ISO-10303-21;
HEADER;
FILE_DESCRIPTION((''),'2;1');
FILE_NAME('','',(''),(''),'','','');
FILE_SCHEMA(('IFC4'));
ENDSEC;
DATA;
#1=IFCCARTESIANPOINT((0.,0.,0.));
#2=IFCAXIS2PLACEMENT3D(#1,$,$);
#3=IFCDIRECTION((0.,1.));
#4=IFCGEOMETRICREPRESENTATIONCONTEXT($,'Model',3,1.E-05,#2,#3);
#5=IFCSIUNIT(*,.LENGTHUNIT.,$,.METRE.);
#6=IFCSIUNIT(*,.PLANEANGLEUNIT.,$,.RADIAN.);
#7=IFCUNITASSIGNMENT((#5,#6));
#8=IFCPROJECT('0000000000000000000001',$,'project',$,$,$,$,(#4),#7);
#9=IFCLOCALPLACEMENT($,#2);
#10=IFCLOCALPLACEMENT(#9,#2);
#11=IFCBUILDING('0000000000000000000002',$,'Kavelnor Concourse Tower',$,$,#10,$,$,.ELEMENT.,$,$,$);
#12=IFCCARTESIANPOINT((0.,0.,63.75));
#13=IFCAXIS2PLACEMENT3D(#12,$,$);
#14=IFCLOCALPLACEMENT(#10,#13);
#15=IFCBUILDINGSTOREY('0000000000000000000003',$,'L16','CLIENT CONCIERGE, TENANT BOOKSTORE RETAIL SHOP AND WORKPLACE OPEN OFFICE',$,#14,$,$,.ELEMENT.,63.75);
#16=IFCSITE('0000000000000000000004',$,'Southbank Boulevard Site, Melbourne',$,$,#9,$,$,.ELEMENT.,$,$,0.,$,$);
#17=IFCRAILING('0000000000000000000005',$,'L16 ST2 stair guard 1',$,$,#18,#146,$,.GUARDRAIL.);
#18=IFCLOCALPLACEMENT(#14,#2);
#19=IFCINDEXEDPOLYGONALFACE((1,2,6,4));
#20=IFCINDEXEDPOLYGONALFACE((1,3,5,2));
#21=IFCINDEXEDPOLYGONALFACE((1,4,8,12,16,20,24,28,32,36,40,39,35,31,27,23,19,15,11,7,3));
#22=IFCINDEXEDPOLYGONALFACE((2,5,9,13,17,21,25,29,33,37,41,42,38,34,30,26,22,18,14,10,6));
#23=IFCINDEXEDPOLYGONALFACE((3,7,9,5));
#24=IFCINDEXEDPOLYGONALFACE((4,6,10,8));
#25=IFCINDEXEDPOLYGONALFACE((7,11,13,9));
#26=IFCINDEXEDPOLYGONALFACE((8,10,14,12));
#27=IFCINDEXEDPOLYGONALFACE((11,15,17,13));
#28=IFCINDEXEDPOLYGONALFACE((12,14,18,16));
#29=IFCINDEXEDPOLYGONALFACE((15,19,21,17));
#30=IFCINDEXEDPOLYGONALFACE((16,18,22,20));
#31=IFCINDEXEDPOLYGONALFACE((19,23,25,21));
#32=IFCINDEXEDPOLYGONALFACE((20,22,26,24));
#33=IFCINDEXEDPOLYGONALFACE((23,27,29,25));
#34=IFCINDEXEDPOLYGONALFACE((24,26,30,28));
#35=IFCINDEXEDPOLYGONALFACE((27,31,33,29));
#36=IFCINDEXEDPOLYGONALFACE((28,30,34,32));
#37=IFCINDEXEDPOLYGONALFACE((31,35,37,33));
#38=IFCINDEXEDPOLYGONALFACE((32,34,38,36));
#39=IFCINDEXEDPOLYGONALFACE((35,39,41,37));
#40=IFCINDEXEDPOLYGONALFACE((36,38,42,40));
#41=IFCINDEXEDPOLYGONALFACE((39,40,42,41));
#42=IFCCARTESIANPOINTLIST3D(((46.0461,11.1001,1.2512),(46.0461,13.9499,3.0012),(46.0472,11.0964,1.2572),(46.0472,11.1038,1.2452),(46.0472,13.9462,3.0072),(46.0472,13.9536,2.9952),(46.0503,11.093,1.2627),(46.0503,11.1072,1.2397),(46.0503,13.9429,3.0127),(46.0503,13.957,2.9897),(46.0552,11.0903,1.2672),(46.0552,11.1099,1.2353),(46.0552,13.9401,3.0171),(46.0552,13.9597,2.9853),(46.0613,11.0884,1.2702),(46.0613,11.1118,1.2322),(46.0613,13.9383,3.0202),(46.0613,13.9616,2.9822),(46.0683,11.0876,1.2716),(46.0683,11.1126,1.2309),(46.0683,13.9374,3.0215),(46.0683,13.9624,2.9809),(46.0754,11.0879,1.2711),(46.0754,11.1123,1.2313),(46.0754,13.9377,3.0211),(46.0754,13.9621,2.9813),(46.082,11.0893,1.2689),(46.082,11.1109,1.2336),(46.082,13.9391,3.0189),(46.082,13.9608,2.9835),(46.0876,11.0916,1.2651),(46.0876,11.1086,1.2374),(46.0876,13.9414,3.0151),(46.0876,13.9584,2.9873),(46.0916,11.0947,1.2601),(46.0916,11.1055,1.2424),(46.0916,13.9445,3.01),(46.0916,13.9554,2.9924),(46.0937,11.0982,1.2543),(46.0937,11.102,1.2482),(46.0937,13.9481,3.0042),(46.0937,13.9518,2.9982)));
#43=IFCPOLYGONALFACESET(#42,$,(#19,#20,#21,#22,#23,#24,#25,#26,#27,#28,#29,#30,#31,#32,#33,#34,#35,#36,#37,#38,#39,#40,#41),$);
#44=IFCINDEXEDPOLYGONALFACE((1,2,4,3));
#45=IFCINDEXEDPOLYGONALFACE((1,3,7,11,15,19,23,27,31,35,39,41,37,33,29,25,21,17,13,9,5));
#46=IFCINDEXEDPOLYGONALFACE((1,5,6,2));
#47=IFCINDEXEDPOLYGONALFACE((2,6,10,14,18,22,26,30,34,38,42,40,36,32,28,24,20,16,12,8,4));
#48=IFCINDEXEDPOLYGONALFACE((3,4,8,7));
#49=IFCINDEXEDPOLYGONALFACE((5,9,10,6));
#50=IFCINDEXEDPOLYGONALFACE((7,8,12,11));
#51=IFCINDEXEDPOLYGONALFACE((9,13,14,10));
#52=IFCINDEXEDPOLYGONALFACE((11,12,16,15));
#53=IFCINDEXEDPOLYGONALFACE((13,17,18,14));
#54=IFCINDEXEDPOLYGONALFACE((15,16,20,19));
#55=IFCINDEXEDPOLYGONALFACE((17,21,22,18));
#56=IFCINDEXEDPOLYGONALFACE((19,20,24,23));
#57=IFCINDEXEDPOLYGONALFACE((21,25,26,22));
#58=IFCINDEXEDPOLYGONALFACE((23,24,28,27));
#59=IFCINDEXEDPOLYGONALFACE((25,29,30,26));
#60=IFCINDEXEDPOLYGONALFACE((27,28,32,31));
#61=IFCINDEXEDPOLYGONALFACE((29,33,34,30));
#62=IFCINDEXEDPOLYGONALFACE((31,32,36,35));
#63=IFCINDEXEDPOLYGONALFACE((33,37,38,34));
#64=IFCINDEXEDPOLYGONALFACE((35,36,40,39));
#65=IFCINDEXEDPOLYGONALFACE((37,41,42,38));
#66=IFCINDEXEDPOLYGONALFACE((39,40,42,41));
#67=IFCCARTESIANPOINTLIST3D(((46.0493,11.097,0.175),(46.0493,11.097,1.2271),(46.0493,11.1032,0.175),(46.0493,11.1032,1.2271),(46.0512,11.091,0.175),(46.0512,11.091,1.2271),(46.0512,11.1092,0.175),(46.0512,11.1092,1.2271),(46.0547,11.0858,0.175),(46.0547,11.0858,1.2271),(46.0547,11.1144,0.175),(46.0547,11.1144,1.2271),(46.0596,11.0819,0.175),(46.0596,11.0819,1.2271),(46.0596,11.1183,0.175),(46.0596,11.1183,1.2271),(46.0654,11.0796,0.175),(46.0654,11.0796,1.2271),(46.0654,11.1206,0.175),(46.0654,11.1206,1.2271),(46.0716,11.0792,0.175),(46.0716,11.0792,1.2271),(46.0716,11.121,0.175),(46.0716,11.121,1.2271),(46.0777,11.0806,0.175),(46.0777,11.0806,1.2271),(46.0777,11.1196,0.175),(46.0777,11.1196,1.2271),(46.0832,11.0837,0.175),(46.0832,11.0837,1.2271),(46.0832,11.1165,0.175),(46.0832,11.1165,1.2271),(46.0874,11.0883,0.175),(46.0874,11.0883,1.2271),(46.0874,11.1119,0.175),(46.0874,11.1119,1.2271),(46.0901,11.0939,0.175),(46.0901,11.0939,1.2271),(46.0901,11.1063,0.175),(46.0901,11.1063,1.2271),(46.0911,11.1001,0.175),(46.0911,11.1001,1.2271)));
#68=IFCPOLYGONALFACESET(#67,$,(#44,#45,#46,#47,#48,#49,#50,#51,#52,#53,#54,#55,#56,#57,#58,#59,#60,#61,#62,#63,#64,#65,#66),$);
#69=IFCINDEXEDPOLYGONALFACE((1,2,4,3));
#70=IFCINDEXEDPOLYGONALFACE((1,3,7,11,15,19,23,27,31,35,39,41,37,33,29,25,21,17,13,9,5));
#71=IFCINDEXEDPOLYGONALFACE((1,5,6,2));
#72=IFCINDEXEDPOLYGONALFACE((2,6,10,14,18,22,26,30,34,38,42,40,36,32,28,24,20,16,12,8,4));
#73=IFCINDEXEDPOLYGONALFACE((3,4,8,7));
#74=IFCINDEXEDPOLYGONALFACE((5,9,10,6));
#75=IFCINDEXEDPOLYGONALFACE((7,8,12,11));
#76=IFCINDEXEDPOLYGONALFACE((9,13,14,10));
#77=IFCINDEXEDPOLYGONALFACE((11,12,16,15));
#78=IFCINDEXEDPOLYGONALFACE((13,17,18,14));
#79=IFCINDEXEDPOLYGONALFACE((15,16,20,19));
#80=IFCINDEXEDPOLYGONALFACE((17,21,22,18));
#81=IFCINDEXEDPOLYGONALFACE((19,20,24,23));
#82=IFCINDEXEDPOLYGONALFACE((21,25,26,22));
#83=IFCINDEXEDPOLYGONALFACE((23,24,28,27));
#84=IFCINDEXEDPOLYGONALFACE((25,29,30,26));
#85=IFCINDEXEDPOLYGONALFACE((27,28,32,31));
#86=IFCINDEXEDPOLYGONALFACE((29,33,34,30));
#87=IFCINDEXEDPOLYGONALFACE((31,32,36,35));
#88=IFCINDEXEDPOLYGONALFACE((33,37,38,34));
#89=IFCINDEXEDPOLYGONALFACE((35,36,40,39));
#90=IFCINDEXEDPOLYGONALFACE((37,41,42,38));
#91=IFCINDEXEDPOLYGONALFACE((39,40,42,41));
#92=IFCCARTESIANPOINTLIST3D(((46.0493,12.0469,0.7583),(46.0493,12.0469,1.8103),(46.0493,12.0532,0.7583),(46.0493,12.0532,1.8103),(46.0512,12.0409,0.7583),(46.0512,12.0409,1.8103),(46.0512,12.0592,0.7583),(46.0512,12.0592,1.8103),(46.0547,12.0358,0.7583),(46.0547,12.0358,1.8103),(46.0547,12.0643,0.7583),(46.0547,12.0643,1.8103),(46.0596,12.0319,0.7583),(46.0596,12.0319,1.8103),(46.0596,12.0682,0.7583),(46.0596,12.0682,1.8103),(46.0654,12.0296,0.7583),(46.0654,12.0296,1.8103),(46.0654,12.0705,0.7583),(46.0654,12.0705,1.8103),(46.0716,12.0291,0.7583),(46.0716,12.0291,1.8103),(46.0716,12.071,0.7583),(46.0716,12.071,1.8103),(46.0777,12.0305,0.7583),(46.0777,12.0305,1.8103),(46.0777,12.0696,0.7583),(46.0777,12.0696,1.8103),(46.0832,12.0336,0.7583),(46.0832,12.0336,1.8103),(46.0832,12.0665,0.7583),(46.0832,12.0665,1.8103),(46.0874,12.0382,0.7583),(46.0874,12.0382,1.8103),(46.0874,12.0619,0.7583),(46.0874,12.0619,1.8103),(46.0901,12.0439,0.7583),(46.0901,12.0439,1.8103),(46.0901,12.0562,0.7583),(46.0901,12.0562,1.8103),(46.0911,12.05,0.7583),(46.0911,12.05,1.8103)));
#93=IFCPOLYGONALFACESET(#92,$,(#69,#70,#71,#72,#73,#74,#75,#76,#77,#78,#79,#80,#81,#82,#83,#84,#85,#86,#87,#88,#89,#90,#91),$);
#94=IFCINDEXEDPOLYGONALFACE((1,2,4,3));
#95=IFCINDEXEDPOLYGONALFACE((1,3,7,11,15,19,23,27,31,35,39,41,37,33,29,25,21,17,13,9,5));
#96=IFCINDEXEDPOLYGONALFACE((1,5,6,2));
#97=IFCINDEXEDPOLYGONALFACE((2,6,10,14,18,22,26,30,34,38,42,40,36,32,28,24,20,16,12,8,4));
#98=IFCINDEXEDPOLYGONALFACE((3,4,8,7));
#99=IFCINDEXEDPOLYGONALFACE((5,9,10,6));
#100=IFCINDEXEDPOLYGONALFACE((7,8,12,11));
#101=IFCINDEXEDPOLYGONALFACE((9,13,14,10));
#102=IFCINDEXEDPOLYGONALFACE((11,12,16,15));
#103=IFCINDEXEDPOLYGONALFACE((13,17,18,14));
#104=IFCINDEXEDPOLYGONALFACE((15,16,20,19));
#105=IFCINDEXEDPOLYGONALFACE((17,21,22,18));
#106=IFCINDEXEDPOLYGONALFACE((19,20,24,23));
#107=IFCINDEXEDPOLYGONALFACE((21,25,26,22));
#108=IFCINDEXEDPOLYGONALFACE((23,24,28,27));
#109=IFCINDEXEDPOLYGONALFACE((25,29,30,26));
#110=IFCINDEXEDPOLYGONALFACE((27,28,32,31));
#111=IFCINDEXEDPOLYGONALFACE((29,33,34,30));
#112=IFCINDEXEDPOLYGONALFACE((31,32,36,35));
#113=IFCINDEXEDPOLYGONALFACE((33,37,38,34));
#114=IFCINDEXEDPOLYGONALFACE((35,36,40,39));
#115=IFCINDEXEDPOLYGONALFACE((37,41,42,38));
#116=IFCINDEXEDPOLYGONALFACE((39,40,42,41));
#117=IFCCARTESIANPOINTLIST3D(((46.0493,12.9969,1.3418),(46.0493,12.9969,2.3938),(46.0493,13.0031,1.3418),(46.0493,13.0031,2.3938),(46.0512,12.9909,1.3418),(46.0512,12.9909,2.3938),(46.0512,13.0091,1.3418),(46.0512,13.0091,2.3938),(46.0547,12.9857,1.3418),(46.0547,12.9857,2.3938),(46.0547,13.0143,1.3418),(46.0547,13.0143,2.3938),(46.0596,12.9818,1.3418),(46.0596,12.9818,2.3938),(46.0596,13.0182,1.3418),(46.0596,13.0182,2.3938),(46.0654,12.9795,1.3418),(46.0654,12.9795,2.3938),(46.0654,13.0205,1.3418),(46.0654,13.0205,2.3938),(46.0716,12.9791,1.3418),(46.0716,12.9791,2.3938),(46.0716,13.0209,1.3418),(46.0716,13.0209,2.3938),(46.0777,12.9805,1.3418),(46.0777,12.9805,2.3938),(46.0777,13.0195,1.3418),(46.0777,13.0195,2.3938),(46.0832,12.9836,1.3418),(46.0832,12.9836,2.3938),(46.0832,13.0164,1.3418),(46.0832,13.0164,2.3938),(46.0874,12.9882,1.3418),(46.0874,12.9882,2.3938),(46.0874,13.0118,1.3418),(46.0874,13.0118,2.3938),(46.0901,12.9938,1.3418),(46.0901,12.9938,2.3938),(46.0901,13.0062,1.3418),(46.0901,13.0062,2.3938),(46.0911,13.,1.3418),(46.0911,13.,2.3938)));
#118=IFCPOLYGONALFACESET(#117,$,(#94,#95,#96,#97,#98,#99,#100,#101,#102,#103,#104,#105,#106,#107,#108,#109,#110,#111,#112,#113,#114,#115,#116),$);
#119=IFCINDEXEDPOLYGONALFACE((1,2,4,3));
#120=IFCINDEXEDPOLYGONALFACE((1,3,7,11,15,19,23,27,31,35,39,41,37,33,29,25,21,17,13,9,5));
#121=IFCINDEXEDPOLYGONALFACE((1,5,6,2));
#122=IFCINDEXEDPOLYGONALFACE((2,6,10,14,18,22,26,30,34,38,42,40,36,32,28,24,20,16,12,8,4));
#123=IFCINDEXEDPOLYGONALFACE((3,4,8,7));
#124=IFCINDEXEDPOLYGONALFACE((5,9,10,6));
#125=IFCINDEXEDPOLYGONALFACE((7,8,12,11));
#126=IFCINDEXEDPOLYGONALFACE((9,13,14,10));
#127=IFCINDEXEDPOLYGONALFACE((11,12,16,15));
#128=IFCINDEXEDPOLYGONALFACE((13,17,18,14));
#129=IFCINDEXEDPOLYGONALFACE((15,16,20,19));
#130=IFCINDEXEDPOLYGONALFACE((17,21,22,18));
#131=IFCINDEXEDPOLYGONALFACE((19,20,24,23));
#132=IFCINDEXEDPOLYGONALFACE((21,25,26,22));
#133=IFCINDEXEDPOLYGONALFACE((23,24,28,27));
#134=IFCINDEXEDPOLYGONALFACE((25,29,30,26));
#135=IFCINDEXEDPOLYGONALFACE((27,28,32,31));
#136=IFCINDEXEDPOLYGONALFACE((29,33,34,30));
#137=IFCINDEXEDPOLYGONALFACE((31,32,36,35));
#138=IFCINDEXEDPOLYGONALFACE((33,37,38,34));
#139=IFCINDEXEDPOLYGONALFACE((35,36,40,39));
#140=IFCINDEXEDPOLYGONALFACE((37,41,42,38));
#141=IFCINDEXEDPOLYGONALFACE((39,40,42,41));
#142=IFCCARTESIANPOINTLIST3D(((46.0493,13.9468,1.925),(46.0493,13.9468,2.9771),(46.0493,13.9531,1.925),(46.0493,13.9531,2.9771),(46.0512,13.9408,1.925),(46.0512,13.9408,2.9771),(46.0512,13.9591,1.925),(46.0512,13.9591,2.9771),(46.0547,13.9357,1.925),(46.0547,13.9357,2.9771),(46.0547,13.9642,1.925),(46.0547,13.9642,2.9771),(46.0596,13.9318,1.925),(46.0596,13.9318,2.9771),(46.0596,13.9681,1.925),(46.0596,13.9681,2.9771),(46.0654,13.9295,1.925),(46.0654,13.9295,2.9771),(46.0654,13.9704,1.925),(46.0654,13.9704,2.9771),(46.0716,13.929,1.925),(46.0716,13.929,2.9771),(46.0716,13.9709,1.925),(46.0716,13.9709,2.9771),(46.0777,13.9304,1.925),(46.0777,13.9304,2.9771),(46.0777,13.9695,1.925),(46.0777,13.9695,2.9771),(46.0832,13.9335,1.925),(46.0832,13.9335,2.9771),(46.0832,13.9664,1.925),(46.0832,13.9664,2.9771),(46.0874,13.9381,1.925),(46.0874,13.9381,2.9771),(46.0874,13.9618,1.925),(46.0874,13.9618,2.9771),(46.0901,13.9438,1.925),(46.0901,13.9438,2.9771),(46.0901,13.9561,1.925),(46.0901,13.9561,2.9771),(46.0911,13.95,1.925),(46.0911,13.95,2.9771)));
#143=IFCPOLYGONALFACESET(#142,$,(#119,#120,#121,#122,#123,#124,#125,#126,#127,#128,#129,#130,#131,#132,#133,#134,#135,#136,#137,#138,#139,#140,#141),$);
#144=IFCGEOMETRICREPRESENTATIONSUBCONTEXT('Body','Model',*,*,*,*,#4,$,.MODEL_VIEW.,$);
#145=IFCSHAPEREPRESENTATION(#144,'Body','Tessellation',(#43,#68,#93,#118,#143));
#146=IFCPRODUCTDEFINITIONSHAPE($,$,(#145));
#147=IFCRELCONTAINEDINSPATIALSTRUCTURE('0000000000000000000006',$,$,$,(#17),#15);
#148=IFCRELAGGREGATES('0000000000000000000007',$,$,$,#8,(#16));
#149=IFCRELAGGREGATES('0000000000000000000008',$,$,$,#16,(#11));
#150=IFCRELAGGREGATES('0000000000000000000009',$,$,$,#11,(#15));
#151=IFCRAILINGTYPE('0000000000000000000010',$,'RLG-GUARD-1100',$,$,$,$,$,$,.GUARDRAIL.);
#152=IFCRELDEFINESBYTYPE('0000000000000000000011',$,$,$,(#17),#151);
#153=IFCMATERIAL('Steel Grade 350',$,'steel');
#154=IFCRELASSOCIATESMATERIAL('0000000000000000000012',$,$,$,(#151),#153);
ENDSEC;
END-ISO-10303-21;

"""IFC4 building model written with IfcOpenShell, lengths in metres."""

from ifc_helpers import new_model, si_unit, direction, frame, origin, origin_2d, place, context, subcontext, project, spatial, circle, extrude, material, type_object, element, save


model = new_model("IFC4")

# Units and contexts
model_context = context("Model", 3, precision=1e-05, world=origin(), true_north=direction((0.0, 1.0)))
body_context = subcontext(model_context, "Body", "Model", "MODEL_VIEW")
ifc_project = project(units=[si_unit("LENGTHUNIT", "METRE"), si_unit("PLANEANGLEUNIT", "RADIAN")], contexts=[model_context])

# Site, building, storey
site_placement = place(None, origin())
site = spatial("IfcSite", under=ifc_project, at=site_placement, Name="Southbank Boulevard Site, Melbourne", CompositionType="ELEMENT", RefElevation=0.0)
building_placement = place(site_placement, origin())
building = spatial("IfcBuilding", under=site, at=building_placement, Name="Kavelnor Concourse Tower", CompositionType="ELEMENT")
storey_placement = place(building_placement, frame((0.0, 0.0, 63.75)))
storey = spatial("IfcBuildingStorey", under=building, at=storey_placement, Name="L16", Description="CLIENT CONCIERGE, TENANT BOOKSTORE RETAIL SHOP AND WORKPLACE OPEN OFFICE", CompositionType="ELEMENT", Elevation=63.75)

# Shared definitions
ifc_material_1 = material(Name="Steel Grade 350", Category="steel")

# Railing
railing_type_1 = type_object("IfcRailingType", Name="RLG-GUARD-1100", PredefinedType="GUARDRAIL", material=ifc_material_1)
railing_1_placement = place(storey_placement, frame((46.0701, 11.1001, 0.175)))
element("IfcRailing", 1, at=railing_1_placement, inside=storey, type_object=railing_type_1, Name="L16 ST2 stair guard 1", PredefinedType="GUARDRAIL", context=body_context, shape_type="SweptSolid", body=[
    extrude(circle(Radius=0.0239, at=origin_2d()), frame((0.0, 0.0, 1.0762), z_axis=(0.0, 0.852159, 0.523283), x_axis=(-1.0, 0.0, 0.0)), (0.0, 0.0, 1.0), 3.3442),
    extrude(circle(Radius=0.021, at=origin_2d()), origin(), (0.0, 0.0, 1.0), 1.052),
    extrude(circle(Radius=0.021, at=origin_2d()), frame((0.0, 0.95, 0.5833)), (0.0, 0.0, 1.0), 1.052),
    extrude(circle(Radius=0.021, at=origin_2d()), frame((0.0, 1.8999, 1.1667)), (0.0, 0.0, 1.0), 1.052),
    extrude(circle(Radius=0.021, at=origin_2d()), frame((0.0, 2.8499, 1.75)), (0.0, 0.0, 1.0), 1.052),
])

save(model, "model.ifc")
